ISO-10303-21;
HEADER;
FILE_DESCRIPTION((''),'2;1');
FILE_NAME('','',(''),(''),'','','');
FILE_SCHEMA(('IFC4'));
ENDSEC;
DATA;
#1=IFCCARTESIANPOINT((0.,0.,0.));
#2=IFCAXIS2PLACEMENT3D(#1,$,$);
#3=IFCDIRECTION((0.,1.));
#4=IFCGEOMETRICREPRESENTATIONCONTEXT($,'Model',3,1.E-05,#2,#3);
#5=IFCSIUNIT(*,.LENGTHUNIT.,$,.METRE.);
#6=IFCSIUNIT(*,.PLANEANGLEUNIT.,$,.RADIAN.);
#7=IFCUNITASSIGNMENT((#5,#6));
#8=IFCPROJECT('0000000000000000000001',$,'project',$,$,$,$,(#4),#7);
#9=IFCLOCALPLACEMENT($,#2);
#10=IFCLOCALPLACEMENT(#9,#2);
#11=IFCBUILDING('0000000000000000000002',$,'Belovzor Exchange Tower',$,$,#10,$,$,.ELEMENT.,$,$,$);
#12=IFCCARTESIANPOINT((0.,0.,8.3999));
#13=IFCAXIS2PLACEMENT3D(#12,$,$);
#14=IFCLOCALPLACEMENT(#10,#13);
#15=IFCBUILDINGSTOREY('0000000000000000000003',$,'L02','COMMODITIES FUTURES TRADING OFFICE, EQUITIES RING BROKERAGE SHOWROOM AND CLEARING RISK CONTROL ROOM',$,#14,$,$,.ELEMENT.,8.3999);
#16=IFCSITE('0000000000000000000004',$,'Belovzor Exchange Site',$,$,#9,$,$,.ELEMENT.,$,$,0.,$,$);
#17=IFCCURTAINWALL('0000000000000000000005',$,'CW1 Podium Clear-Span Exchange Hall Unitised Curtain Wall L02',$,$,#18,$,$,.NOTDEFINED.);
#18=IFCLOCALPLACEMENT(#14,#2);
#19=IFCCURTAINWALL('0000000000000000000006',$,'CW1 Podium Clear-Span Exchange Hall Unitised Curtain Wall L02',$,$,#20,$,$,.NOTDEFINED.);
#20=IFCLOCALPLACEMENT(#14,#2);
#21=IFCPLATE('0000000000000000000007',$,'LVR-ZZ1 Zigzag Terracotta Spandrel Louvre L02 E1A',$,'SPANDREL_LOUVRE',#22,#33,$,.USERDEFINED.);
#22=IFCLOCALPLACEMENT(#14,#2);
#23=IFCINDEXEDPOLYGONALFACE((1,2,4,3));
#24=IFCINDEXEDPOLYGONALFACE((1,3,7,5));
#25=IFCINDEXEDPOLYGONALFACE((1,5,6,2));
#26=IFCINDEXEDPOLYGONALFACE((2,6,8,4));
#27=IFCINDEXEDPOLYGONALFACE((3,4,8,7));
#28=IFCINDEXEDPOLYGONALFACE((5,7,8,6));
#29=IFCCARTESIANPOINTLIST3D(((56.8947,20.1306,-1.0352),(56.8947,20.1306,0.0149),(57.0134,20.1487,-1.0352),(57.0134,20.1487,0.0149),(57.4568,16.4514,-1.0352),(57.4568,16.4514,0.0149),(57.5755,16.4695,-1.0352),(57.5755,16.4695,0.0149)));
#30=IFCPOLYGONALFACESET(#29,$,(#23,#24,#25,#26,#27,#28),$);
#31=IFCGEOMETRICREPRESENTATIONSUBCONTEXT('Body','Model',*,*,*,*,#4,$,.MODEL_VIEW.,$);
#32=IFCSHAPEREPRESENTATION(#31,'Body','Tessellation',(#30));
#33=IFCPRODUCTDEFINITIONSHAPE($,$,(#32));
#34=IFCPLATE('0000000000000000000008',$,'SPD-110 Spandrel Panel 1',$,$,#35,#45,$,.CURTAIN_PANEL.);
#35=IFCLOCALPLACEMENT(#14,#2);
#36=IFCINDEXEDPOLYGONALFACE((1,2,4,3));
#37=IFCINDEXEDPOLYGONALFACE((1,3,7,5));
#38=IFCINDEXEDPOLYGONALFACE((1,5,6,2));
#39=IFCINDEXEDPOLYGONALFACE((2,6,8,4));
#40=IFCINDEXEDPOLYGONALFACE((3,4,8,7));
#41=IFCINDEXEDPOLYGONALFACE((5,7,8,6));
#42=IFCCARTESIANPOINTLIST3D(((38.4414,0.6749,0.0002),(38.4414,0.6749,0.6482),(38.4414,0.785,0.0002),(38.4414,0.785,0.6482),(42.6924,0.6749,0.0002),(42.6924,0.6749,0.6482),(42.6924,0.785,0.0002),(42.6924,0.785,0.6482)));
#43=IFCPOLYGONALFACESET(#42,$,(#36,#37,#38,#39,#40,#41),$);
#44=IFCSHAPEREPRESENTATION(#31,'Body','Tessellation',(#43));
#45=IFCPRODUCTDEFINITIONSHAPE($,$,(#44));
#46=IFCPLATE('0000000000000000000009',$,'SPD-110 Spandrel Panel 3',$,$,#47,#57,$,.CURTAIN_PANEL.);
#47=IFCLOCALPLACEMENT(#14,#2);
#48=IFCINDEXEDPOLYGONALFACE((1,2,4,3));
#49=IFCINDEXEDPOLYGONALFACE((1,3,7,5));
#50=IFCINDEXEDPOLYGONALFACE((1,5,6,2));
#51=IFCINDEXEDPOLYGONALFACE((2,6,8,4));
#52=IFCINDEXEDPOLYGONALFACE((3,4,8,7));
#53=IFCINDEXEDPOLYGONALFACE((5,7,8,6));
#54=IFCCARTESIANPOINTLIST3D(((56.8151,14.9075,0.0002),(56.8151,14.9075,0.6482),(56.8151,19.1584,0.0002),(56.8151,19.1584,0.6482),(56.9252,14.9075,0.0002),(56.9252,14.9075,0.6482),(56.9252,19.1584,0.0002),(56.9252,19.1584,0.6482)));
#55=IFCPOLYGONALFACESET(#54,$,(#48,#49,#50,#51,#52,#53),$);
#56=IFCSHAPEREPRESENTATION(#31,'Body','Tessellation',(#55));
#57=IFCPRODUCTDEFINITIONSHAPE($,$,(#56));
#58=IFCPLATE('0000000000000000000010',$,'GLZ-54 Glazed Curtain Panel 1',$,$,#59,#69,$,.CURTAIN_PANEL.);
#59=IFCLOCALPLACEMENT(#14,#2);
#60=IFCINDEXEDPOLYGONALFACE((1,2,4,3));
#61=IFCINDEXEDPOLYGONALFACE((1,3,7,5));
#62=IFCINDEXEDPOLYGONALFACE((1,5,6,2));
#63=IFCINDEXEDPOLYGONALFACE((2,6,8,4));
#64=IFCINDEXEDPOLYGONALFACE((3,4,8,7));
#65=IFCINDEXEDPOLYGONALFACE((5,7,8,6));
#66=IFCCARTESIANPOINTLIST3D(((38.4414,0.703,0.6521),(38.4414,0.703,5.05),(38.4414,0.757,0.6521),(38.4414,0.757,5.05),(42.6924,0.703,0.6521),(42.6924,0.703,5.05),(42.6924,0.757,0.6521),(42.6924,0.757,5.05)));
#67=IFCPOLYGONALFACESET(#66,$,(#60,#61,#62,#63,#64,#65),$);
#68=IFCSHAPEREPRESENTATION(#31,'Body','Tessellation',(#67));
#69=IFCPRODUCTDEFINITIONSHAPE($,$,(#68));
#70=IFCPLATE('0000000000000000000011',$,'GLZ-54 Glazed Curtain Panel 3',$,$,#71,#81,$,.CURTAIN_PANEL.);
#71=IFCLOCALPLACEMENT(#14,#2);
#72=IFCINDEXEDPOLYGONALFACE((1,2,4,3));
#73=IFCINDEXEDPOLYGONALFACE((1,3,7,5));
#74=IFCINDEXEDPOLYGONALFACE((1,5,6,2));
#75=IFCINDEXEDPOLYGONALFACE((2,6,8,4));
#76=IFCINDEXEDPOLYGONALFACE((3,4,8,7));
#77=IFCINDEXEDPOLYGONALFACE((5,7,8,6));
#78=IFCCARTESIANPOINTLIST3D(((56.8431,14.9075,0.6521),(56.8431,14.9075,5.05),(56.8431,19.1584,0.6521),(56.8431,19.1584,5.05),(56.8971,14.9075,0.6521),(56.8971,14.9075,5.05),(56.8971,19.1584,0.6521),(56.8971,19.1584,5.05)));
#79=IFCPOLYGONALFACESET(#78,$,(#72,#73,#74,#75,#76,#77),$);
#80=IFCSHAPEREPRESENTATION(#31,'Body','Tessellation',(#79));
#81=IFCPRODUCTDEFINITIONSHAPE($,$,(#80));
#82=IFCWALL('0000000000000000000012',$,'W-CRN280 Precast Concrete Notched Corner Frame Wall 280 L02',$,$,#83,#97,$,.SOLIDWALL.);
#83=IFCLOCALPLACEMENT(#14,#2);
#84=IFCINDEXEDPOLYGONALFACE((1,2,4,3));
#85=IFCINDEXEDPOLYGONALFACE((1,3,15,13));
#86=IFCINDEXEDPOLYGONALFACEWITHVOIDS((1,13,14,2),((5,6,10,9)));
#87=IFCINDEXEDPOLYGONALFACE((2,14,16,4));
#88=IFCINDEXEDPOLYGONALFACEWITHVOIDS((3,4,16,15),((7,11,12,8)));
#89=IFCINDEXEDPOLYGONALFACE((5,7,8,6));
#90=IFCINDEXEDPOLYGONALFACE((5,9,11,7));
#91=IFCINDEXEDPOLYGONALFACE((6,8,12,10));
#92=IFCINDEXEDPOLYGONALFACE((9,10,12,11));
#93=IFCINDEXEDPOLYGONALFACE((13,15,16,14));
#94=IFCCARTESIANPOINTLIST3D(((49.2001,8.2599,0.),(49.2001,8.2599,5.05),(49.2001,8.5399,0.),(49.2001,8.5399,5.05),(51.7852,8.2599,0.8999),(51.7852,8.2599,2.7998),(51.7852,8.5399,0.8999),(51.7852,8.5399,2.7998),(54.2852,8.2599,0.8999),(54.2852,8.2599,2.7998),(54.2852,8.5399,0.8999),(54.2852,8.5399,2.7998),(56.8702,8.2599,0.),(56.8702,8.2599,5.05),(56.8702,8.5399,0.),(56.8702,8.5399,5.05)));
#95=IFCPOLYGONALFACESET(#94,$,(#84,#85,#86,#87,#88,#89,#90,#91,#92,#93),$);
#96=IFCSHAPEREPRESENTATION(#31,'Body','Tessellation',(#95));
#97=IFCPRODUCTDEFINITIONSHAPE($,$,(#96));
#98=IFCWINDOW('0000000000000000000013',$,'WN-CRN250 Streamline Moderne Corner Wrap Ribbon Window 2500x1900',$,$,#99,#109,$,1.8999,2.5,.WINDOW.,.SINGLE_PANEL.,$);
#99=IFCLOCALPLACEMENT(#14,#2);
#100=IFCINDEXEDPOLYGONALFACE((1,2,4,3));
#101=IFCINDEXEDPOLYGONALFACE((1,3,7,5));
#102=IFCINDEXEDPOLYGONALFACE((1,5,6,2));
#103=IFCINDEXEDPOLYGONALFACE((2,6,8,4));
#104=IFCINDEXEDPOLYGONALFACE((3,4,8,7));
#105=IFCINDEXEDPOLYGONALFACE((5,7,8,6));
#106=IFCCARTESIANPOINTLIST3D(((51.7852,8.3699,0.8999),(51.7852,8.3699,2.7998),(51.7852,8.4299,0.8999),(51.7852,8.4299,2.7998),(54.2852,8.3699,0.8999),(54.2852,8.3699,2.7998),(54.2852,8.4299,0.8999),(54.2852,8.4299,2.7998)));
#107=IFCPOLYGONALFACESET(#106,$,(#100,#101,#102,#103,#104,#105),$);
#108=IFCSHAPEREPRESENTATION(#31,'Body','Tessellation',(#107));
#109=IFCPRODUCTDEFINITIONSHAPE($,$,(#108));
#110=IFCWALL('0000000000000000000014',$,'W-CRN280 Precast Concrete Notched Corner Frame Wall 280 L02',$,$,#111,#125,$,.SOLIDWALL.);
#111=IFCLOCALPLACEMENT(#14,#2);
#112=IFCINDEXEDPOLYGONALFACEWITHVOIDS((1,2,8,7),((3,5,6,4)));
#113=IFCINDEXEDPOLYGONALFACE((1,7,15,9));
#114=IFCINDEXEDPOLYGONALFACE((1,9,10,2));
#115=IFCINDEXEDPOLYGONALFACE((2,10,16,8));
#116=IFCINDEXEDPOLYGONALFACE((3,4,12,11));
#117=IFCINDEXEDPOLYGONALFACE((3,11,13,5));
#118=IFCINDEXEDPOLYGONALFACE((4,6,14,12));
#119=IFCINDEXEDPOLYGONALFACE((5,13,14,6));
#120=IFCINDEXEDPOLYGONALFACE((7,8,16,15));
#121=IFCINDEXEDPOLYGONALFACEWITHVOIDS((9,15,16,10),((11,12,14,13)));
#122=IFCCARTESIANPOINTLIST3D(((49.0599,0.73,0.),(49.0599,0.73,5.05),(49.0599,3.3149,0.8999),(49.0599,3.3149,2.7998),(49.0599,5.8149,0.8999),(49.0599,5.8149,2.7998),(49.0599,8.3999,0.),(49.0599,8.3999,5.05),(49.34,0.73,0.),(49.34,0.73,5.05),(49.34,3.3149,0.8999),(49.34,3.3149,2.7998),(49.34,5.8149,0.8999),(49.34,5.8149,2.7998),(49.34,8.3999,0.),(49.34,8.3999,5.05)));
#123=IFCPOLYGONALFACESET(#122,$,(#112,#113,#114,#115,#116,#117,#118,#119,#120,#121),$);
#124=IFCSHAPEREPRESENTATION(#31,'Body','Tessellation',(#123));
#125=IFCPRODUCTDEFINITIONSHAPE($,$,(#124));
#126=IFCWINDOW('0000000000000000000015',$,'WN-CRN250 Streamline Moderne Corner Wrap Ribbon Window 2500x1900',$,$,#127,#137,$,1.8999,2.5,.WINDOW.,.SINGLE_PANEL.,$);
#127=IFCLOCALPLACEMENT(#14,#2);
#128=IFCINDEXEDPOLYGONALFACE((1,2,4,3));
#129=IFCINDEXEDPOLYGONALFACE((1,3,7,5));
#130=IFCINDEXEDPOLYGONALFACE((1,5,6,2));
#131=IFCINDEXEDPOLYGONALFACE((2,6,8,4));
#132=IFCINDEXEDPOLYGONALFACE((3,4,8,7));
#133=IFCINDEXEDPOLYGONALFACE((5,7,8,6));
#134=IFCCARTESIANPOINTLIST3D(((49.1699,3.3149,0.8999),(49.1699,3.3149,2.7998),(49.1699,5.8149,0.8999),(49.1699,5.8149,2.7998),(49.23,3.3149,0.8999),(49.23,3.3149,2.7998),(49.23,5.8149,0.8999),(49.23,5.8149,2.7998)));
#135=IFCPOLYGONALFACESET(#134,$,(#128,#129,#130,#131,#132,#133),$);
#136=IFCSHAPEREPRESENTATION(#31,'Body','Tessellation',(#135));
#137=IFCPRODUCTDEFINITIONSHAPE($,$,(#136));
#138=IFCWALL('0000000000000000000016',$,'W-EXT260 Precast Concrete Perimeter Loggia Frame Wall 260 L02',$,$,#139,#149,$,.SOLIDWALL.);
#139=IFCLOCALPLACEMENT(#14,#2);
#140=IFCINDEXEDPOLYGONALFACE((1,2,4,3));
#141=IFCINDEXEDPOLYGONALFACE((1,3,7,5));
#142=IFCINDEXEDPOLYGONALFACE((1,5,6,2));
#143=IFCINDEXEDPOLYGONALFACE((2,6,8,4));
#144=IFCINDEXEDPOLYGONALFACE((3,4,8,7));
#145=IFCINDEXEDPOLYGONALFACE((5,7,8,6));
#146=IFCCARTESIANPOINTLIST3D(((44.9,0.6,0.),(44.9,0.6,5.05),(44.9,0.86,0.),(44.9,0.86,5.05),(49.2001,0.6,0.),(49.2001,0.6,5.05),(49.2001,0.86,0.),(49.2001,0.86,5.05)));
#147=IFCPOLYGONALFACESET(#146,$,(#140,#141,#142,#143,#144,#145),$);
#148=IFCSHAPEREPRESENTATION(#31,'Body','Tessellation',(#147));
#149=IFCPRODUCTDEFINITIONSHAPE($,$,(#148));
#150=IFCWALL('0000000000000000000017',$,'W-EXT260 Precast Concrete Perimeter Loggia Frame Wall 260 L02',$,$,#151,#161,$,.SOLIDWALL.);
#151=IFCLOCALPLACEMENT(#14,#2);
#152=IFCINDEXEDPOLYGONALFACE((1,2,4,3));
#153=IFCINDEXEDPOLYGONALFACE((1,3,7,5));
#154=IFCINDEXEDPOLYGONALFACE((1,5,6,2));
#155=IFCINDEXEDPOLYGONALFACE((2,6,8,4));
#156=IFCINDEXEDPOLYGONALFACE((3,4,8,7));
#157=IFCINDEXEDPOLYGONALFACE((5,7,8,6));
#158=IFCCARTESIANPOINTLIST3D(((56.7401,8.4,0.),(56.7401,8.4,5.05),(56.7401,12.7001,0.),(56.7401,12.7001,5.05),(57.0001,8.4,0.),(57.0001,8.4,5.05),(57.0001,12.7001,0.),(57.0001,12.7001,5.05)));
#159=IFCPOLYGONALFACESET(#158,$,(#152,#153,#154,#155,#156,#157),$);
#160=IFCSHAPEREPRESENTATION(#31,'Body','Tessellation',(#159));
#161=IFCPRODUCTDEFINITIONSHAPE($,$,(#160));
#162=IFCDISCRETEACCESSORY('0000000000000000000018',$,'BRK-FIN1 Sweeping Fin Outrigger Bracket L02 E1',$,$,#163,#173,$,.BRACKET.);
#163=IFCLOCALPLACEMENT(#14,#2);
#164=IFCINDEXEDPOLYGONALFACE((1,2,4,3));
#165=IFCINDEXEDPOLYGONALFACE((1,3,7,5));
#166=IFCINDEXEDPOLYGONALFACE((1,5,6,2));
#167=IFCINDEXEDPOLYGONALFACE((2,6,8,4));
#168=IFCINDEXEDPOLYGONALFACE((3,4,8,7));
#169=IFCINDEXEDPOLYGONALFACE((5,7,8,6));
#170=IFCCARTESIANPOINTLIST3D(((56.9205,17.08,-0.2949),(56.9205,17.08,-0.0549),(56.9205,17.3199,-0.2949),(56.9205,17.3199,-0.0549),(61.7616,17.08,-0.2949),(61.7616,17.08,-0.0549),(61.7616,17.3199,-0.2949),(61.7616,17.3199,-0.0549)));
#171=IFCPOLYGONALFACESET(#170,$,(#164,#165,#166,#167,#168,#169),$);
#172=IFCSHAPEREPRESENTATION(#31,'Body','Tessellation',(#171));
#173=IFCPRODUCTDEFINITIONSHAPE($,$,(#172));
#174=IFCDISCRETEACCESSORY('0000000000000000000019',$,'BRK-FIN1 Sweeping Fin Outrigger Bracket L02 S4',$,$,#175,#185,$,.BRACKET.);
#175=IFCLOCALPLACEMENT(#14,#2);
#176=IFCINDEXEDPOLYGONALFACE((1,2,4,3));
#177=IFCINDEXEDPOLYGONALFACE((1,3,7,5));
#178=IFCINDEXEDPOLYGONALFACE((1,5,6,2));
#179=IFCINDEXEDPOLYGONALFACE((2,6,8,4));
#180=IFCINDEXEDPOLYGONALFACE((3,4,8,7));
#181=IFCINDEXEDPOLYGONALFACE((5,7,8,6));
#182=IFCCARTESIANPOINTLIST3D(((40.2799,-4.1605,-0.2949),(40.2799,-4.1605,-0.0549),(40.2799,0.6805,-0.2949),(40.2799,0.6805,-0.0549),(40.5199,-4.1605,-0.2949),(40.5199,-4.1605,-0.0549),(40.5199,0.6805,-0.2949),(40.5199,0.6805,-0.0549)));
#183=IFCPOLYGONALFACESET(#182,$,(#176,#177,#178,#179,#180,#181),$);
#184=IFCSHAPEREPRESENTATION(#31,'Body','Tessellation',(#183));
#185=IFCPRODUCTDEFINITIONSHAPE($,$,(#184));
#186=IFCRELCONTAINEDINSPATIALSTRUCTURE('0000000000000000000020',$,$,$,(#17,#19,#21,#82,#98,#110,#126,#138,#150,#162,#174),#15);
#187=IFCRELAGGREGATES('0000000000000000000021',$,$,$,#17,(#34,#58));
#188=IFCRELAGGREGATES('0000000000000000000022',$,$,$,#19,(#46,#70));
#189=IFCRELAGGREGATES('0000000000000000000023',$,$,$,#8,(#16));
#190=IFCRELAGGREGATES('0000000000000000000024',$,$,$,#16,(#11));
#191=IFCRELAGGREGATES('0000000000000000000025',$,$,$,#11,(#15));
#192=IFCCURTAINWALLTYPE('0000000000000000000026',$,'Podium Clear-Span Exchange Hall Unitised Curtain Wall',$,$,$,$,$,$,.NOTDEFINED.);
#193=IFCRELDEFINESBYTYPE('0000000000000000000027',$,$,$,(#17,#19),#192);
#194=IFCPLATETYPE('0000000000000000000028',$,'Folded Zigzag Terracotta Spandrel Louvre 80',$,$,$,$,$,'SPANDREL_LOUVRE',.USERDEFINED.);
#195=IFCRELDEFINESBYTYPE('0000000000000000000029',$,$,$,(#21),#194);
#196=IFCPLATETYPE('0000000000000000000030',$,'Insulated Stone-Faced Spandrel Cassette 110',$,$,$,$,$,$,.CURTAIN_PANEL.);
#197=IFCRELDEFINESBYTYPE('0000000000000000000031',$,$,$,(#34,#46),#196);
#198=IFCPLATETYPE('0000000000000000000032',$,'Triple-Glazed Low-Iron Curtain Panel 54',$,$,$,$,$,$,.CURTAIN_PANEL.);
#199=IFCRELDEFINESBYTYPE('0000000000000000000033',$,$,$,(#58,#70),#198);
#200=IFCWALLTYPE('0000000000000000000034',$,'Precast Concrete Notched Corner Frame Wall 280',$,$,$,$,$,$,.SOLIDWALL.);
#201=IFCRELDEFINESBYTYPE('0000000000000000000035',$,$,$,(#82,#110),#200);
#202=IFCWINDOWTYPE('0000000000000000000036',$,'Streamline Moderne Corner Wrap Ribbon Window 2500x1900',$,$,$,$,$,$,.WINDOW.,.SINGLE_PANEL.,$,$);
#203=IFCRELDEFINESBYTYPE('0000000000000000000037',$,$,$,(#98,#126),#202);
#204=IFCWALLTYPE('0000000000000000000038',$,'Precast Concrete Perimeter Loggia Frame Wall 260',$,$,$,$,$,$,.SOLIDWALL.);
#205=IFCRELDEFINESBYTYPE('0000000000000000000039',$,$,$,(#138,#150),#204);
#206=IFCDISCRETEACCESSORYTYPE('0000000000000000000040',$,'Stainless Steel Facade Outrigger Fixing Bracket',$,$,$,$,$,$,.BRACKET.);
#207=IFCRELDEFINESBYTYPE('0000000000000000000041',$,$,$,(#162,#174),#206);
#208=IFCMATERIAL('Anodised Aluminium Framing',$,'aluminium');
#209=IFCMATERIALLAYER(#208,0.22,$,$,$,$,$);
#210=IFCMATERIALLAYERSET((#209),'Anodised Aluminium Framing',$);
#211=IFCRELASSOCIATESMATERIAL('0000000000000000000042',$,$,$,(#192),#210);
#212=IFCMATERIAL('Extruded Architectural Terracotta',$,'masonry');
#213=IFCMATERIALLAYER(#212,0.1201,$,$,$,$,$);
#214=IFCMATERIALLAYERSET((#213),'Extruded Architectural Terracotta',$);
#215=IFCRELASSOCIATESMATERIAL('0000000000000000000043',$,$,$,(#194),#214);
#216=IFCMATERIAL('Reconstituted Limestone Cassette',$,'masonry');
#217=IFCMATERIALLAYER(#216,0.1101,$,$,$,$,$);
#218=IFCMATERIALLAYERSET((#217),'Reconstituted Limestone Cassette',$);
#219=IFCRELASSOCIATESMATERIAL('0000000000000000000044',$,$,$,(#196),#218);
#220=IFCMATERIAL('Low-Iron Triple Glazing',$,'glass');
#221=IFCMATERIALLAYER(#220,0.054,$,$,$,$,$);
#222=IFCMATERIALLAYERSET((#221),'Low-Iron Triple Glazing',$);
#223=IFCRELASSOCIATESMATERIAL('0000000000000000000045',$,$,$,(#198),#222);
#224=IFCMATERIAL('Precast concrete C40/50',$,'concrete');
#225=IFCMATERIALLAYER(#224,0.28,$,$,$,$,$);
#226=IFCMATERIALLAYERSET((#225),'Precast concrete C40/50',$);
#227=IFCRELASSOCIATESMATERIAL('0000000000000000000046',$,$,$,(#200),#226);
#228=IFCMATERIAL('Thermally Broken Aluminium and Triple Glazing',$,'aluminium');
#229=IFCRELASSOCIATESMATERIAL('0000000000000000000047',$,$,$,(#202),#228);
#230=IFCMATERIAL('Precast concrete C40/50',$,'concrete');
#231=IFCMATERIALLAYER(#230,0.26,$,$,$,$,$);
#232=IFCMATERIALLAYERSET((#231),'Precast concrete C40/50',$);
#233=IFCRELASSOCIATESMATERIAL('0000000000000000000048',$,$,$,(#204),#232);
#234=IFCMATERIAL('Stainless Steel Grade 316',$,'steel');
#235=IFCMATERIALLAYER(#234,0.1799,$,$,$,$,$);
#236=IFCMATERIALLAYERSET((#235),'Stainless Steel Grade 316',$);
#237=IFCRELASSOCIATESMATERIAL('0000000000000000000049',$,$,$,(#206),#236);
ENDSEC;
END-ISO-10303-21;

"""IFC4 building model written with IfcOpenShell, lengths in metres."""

from ifc_helpers import new_model, si_unit, direction, frame, frame_2d, origin, origin_2d, place, context, subcontext, project, spatial, rectangle, extrude, material, layer, layer_set, type_object, element, fill, aggregate, save


model = new_model("IFC4")

# Units and contexts
model_context = context("Model", 3, precision=1e-05, world=origin(), true_north=direction((0.0, 1.0)))
body_context = subcontext(model_context, "Body", "Model", "MODEL_VIEW")
ifc_project = project(units=[si_unit("LENGTHUNIT", "METRE"), si_unit("PLANEANGLEUNIT", "RADIAN")], contexts=[model_context])

# Site, building, storey
site_placement = place(None, origin())
site = spatial("IfcSite", under=ifc_project, at=site_placement, Name="Belovzor Exchange Site", CompositionType="ELEMENT", RefElevation=0.0)
building_placement = place(site_placement, origin())
building = spatial("IfcBuilding", under=site, at=building_placement, Name="Belovzor Exchange Tower", CompositionType="ELEMENT")
storey_placement = place(building_placement, frame((0.0, 0.0, 8.3999)))
storey = spatial("IfcBuildingStorey", under=building, at=storey_placement, Name="L02", Description="COMMODITIES FUTURES TRADING OFFICE, EQUITIES RING BROKERAGE SHOWROOM AND CLEARING RISK CONTROL ROOM", CompositionType="ELEMENT", Elevation=8.3999)

# Curtain walls
ifc_material_1 = material(Name="Anodised Aluminium Framing", Category="aluminium")
ifc_layer_1 = layer(ifc_material_1, 0.22)
ifc_layer_set_1 = layer_set([ifc_layer_1], Name="Anodised Aluminium Framing")
curtain_wall_type = type_object("IfcCurtainWallType", Name="Podium Clear-Span Exchange Hall Unitised Curtain Wall", PredefinedType="NOTDEFINED", material=ifc_layer_set_1)
curtain_wall_1_placement = place(storey_placement, origin())
curtain_wall_1 = element("IfcCurtainWall", 1, at=curtain_wall_1_placement, inside=storey, type_object=curtain_wall_type, Name="CW1 Podium Clear-Span Exchange Hall Unitised Curtain Wall L02", PredefinedType="NOTDEFINED")
curtain_wall_2_placement = place(storey_placement, origin())
curtain_wall_2 = element("IfcCurtainWall", 2, at=curtain_wall_2_placement, inside=storey, type_object=curtain_wall_type, Name="CW1 Podium Clear-Span Exchange Hall Unitised Curtain Wall L02", PredefinedType="NOTDEFINED")

# Plates
ifc_material_2 = material(Name="Extruded Architectural Terracotta", Category="masonry")
ifc_layer_2 = layer(ifc_material_2, 0.1201)
ifc_layer_set_2 = layer_set([ifc_layer_2], Name="Extruded Architectural Terracotta")
plate_type_1 = type_object("IfcPlateType", Name="Folded Zigzag Terracotta Spandrel Louvre 80", ElementType="SPANDREL_LOUVRE", PredefinedType="USERDEFINED", material=ifc_layer_set_2)
plate_1_placement = place(storey_placement, frame((57.2351, 18.3, -1.0352), z_axis=(0.0, 0.0, 1.0), x_axis=(-0.151019, 0.988531, 0.0)))
element("IfcPlate", 3, at=plate_1_placement, inside=storey, type_object=plate_type_1, Name="LVR-ZZ1 Zigzag Terracotta Spandrel Louvre L02 E1A", ObjectType="SPANDREL_LOUVRE", PredefinedType="USERDEFINED", context=body_context, shape_type="SweptSolid", body=[
    extrude(rectangle(XDim=3.7219, YDim=0.1201, at=origin_2d()), origin(), (0.0, 0.0, 1.0), 1.05),
])
ifc_material_3 = material(Name="Reconstituted Limestone Cassette", Category="masonry")
ifc_layer_3 = layer(ifc_material_3, 0.1101)
ifc_layer_set_3 = layer_set([ifc_layer_3], Name="Reconstituted Limestone Cassette")
plate_type_2 = type_object("IfcPlateType", Name="Insulated Stone-Faced Spandrel Cassette 110", PredefinedType="CURTAIN_PANEL", material=ifc_layer_set_3)
plate_2_placement = place(storey_placement, frame((40.5669, 0.73, 0.0002), z_axis=(0.0, 0.0, 1.0), x_axis=(-1.0, 0.0, 0.0)))
plate_2 = element("IfcPlate", 4, at=plate_2_placement, type_object=plate_type_2, Name="SPD-110 Spandrel Panel 1", PredefinedType="CURTAIN_PANEL", context=body_context, shape_type="SweptSolid", body=[
    extrude(rectangle(XDim=4.251, YDim=0.1101, at=origin_2d()), origin(), (0.0, 0.0, 1.0), 0.6479),
])
plate_3_placement = place(storey_placement, frame((56.8701, 17.033, 0.0002), z_axis=(0.0, 0.0, 1.0), x_axis=(0.0, -1.0, 0.0)))
plate_3 = element("IfcPlate", 5, at=plate_3_placement, type_object=plate_type_2, Name="SPD-110 Spandrel Panel 3", PredefinedType="CURTAIN_PANEL", context=body_context, shape_type="SweptSolid", body=[
    extrude(rectangle(XDim=4.251, YDim=0.1101, at=origin_2d()), origin(), (0.0, 0.0, 1.0), 0.6479),
])
ifc_material_4 = material(Name="Low-Iron Triple Glazing", Category="glass")
ifc_layer_4 = layer(ifc_material_4, 0.054)
ifc_layer_set_4 = layer_set([ifc_layer_4], Name="Low-Iron Triple Glazing")
plate_type_3 = type_object("IfcPlateType", Name="Triple-Glazed Low-Iron Curtain Panel 54", PredefinedType="CURTAIN_PANEL", material=ifc_layer_set_4)
plate_4_placement = place(storey_placement, frame((40.5669, 0.73, 0.6521), z_axis=(0.0, 0.0, 1.0), x_axis=(-1.0, 0.0, 0.0)))
plate_4 = element("IfcPlate", 6, at=plate_4_placement, type_object=plate_type_3, Name="GLZ-54 Glazed Curtain Panel 1", PredefinedType="CURTAIN_PANEL", context=body_context, shape_type="SweptSolid", body=[
    extrude(rectangle(XDim=4.251, YDim=0.054, at=origin_2d()), origin(), (0.0, 0.0, 1.0), 4.3979),
])
aggregate(curtain_wall_1, [plate_2, plate_4])
plate_5_placement = place(storey_placement, frame((56.8701, 17.033, 0.6521), z_axis=(0.0, 0.0, 1.0), x_axis=(0.0, -1.0, 0.0)))
plate_5 = element("IfcPlate", 7, at=plate_5_placement, type_object=plate_type_3, Name="GLZ-54 Glazed Curtain Panel 3", PredefinedType="CURTAIN_PANEL", context=body_context, shape_type="SweptSolid", body=[
    extrude(rectangle(XDim=4.251, YDim=0.054, at=origin_2d()), origin(), (0.0, 0.0, 1.0), 4.3979),
])
aggregate(curtain_wall_2, [plate_3, plate_5])

# Walls, openings, windows
ifc_material_5 = material(Name="Precast concrete C40/50", Category="concrete")
ifc_layer_5 = layer(ifc_material_5, 0.28)
ifc_layer_set_5 = layer_set([ifc_layer_5], Name="Precast concrete C40/50")
wall_type_1 = type_object("IfcWallType", Name="Precast Concrete Notched Corner Frame Wall 280", PredefinedType="SOLIDWALL", material=ifc_layer_set_5)
wall_1_placement = place(storey_placement, frame((56.8701, 8.3999, 0.0), z_axis=(0.0, 0.0, 1.0), x_axis=(-1.0, 0.0, 0.0)))
wall_1 = element("IfcWall", 8, at=wall_1_placement, inside=storey, type_object=wall_type_1, Name="W-CRN280 Precast Concrete Notched Corner Frame Wall 280 L02", PredefinedType="SOLIDWALL", context=body_context, shape_type="SweptSolid", body=[
    extrude(rectangle(XDim=7.6702, YDim=0.28, at=frame_2d((3.835, 0.0))), origin(), (0.0, 0.0, 1.0), 5.05),
])
opening_1_placement = place(wall_1_placement, frame((2.585, 0.0, 0.8999)))
opening_1 = element("IfcOpeningElement", 9, at=opening_1_placement, cuts=wall_1, PredefinedType="OPENING", context=body_context, shape_type="SweptSolid", body=[
    extrude(rectangle(XDim=2.5, YDim=1.8999, at=frame_2d((1.25, 0.95))), frame((0.0, 0.1499, 0.0), z_axis=(0.0, -1.0, 0.0), x_axis=(1.0, 0.0, 0.0)), (0.0, 0.0, 1.0), 0.3),
])
ifc_material_6 = material(Name="Thermally Broken Aluminium and Triple Glazing", Category="aluminium")
window_type = type_object("IfcWindowType", Name="Streamline Moderne Corner Wrap Ribbon Window 2500x1900", PartitioningType="SINGLE_PANEL", PredefinedType="WINDOW", material=ifc_material_6)
window_1_placement = place(opening_1_placement, origin())
window_1 = element("IfcWindow", 10, at=window_1_placement, inside=storey, type_object=window_type, Name="WN-CRN250 Streamline Moderne Corner Wrap Ribbon Window 2500x1900", OverallHeight=1.8999, OverallWidth=2.5, PartitioningType="SINGLE_PANEL", PredefinedType="WINDOW", context=body_context, shape_type="SweptSolid", body=[
    extrude(rectangle(XDim=2.5, YDim=1.8999, at=frame_2d((1.25, 0.95))), frame((0.0, 0.03, 0.0), z_axis=(0.0, -1.0, 0.0), x_axis=(1.0, 0.0, 0.0)), (0.0, 0.0, 1.0), 0.0601),
])
fill(opening_1, window_1)
wall_2_placement = place(storey_placement, frame((49.2, 8.3999, 0.0), z_axis=(0.0, 0.0, 1.0), x_axis=(0.0, -1.0, 0.0)))
wall_2 = element("IfcWall", 11, at=wall_2_placement, inside=storey, type_object=wall_type_1, Name="W-CRN280 Precast Concrete Notched Corner Frame Wall 280 L02", PredefinedType="SOLIDWALL", context=body_context, shape_type="SweptSolid", body=[
    extrude(rectangle(XDim=7.6699, YDim=0.28, at=frame_2d((3.835, 0.0))), origin(), (0.0, 0.0, 1.0), 5.05),
])
opening_2_placement = place(wall_2_placement, frame((2.585, 0.0, 0.8999)))
opening_2 = element("IfcOpeningElement", 12, at=opening_2_placement, cuts=wall_2, PredefinedType="OPENING", context=body_context, shape_type="SweptSolid", body=[
    extrude(rectangle(XDim=2.5, YDim=1.8999, at=frame_2d((1.25, 0.95))), frame((0.0, 0.1499, 0.0), z_axis=(0.0, -1.0, 0.0), x_axis=(1.0, 0.0, 0.0)), (0.0, 0.0, 1.0), 0.3),
])
window_2_placement = place(opening_2_placement, origin())
window_2 = element("IfcWindow", 13, at=window_2_placement, inside=storey, type_object=window_type, Name="WN-CRN250 Streamline Moderne Corner Wrap Ribbon Window 2500x1900", OverallHeight=1.8999, OverallWidth=2.5, PartitioningType="SINGLE_PANEL", PredefinedType="WINDOW", context=body_context, shape_type="SweptSolid", body=[
    extrude(rectangle(XDim=2.5, YDim=1.8999, at=frame_2d((1.25, 0.95))), frame((0.0, 0.03, 0.0), z_axis=(0.0, -1.0, 0.0), x_axis=(1.0, 0.0, 0.0)), (0.0, 0.0, 1.0), 0.0601),
])
fill(opening_2, window_2)

# Walls
ifc_material_7 = material(Name="Precast concrete C40/50", Category="concrete")
ifc_layer_6 = layer(ifc_material_7, 0.26)
ifc_layer_set_6 = layer_set([ifc_layer_6], Name="Precast concrete C40/50")
wall_type_2 = type_object("IfcWallType", Name="Precast Concrete Perimeter Loggia Frame Wall 260", PredefinedType="SOLIDWALL", material=ifc_layer_set_6)
for number, where, z_axis, x_axis, name in (
    (14, (49.2, 0.73, 0.0), (0.0, 0.0, 1.0), (-1.0, 0.0, 0.0), "W-EXT260 Precast Concrete Perimeter Loggia Frame Wall 260 L02"),
    (15, (56.8701, 12.7, 0.0), (0.0, 0.0, 1.0), (0.0, -1.0, 0.0), "W-EXT260 Precast Concrete Perimeter Loggia Frame Wall 260 L02"),
):
    element("IfcWall", number, at=place(storey_placement, frame(where, z_axis=z_axis, x_axis=x_axis)), inside=storey, type_object=wall_type_2, Name=name, PredefinedType="SOLIDWALL", context=body_context, shape_type="SweptSolid", body=[
        extrude(rectangle(XDim=4.3, YDim=0.26, at=frame_2d((2.1499, 0.0))), origin(), (0.0, 0.0, 1.0), 5.05),
    ])

# Discrete accessories
ifc_material_8 = material(Name="Stainless Steel Grade 316", Category="steel")
ifc_layer_7 = layer(ifc_material_8, 0.1799)
ifc_layer_set_7 = layer_set([ifc_layer_7], Name="Stainless Steel Grade 316")
discrete_accessory_type = type_object("IfcDiscreteAccessoryType", Name="Stainless Steel Facade Outrigger Fixing Bracket", PredefinedType="BRACKET", material=ifc_layer_set_7)
for number, where, z_axis, x_axis, name in (
    (16, (59.3411, 17.2, -0.2949), (0.0, 0.0, 1.0), (1.0, 0.0, 0.0), "BRK-FIN1 Sweeping Fin Outrigger Bracket L02 E1"),
    (17, (40.3999, -1.74, -0.2949), (0.0, 0.0, 1.0), (0.0, 1.0, 0.0), "BRK-FIN1 Sweeping Fin Outrigger Bracket L02 S4"),
):
    element("IfcDiscreteAccessory", number, at=place(storey_placement, frame(where, z_axis=z_axis, x_axis=x_axis)), inside=storey, type_object=discrete_accessory_type, Name=name, PredefinedType="BRACKET", context=body_context, shape_type="SweptSolid", body=[
        extrude(rectangle(XDim=4.8411, YDim=0.24, at=origin_2d()), origin(), (0.0, 0.0, 1.0), 0.24),
    ])

save(model, "model.ifc")
